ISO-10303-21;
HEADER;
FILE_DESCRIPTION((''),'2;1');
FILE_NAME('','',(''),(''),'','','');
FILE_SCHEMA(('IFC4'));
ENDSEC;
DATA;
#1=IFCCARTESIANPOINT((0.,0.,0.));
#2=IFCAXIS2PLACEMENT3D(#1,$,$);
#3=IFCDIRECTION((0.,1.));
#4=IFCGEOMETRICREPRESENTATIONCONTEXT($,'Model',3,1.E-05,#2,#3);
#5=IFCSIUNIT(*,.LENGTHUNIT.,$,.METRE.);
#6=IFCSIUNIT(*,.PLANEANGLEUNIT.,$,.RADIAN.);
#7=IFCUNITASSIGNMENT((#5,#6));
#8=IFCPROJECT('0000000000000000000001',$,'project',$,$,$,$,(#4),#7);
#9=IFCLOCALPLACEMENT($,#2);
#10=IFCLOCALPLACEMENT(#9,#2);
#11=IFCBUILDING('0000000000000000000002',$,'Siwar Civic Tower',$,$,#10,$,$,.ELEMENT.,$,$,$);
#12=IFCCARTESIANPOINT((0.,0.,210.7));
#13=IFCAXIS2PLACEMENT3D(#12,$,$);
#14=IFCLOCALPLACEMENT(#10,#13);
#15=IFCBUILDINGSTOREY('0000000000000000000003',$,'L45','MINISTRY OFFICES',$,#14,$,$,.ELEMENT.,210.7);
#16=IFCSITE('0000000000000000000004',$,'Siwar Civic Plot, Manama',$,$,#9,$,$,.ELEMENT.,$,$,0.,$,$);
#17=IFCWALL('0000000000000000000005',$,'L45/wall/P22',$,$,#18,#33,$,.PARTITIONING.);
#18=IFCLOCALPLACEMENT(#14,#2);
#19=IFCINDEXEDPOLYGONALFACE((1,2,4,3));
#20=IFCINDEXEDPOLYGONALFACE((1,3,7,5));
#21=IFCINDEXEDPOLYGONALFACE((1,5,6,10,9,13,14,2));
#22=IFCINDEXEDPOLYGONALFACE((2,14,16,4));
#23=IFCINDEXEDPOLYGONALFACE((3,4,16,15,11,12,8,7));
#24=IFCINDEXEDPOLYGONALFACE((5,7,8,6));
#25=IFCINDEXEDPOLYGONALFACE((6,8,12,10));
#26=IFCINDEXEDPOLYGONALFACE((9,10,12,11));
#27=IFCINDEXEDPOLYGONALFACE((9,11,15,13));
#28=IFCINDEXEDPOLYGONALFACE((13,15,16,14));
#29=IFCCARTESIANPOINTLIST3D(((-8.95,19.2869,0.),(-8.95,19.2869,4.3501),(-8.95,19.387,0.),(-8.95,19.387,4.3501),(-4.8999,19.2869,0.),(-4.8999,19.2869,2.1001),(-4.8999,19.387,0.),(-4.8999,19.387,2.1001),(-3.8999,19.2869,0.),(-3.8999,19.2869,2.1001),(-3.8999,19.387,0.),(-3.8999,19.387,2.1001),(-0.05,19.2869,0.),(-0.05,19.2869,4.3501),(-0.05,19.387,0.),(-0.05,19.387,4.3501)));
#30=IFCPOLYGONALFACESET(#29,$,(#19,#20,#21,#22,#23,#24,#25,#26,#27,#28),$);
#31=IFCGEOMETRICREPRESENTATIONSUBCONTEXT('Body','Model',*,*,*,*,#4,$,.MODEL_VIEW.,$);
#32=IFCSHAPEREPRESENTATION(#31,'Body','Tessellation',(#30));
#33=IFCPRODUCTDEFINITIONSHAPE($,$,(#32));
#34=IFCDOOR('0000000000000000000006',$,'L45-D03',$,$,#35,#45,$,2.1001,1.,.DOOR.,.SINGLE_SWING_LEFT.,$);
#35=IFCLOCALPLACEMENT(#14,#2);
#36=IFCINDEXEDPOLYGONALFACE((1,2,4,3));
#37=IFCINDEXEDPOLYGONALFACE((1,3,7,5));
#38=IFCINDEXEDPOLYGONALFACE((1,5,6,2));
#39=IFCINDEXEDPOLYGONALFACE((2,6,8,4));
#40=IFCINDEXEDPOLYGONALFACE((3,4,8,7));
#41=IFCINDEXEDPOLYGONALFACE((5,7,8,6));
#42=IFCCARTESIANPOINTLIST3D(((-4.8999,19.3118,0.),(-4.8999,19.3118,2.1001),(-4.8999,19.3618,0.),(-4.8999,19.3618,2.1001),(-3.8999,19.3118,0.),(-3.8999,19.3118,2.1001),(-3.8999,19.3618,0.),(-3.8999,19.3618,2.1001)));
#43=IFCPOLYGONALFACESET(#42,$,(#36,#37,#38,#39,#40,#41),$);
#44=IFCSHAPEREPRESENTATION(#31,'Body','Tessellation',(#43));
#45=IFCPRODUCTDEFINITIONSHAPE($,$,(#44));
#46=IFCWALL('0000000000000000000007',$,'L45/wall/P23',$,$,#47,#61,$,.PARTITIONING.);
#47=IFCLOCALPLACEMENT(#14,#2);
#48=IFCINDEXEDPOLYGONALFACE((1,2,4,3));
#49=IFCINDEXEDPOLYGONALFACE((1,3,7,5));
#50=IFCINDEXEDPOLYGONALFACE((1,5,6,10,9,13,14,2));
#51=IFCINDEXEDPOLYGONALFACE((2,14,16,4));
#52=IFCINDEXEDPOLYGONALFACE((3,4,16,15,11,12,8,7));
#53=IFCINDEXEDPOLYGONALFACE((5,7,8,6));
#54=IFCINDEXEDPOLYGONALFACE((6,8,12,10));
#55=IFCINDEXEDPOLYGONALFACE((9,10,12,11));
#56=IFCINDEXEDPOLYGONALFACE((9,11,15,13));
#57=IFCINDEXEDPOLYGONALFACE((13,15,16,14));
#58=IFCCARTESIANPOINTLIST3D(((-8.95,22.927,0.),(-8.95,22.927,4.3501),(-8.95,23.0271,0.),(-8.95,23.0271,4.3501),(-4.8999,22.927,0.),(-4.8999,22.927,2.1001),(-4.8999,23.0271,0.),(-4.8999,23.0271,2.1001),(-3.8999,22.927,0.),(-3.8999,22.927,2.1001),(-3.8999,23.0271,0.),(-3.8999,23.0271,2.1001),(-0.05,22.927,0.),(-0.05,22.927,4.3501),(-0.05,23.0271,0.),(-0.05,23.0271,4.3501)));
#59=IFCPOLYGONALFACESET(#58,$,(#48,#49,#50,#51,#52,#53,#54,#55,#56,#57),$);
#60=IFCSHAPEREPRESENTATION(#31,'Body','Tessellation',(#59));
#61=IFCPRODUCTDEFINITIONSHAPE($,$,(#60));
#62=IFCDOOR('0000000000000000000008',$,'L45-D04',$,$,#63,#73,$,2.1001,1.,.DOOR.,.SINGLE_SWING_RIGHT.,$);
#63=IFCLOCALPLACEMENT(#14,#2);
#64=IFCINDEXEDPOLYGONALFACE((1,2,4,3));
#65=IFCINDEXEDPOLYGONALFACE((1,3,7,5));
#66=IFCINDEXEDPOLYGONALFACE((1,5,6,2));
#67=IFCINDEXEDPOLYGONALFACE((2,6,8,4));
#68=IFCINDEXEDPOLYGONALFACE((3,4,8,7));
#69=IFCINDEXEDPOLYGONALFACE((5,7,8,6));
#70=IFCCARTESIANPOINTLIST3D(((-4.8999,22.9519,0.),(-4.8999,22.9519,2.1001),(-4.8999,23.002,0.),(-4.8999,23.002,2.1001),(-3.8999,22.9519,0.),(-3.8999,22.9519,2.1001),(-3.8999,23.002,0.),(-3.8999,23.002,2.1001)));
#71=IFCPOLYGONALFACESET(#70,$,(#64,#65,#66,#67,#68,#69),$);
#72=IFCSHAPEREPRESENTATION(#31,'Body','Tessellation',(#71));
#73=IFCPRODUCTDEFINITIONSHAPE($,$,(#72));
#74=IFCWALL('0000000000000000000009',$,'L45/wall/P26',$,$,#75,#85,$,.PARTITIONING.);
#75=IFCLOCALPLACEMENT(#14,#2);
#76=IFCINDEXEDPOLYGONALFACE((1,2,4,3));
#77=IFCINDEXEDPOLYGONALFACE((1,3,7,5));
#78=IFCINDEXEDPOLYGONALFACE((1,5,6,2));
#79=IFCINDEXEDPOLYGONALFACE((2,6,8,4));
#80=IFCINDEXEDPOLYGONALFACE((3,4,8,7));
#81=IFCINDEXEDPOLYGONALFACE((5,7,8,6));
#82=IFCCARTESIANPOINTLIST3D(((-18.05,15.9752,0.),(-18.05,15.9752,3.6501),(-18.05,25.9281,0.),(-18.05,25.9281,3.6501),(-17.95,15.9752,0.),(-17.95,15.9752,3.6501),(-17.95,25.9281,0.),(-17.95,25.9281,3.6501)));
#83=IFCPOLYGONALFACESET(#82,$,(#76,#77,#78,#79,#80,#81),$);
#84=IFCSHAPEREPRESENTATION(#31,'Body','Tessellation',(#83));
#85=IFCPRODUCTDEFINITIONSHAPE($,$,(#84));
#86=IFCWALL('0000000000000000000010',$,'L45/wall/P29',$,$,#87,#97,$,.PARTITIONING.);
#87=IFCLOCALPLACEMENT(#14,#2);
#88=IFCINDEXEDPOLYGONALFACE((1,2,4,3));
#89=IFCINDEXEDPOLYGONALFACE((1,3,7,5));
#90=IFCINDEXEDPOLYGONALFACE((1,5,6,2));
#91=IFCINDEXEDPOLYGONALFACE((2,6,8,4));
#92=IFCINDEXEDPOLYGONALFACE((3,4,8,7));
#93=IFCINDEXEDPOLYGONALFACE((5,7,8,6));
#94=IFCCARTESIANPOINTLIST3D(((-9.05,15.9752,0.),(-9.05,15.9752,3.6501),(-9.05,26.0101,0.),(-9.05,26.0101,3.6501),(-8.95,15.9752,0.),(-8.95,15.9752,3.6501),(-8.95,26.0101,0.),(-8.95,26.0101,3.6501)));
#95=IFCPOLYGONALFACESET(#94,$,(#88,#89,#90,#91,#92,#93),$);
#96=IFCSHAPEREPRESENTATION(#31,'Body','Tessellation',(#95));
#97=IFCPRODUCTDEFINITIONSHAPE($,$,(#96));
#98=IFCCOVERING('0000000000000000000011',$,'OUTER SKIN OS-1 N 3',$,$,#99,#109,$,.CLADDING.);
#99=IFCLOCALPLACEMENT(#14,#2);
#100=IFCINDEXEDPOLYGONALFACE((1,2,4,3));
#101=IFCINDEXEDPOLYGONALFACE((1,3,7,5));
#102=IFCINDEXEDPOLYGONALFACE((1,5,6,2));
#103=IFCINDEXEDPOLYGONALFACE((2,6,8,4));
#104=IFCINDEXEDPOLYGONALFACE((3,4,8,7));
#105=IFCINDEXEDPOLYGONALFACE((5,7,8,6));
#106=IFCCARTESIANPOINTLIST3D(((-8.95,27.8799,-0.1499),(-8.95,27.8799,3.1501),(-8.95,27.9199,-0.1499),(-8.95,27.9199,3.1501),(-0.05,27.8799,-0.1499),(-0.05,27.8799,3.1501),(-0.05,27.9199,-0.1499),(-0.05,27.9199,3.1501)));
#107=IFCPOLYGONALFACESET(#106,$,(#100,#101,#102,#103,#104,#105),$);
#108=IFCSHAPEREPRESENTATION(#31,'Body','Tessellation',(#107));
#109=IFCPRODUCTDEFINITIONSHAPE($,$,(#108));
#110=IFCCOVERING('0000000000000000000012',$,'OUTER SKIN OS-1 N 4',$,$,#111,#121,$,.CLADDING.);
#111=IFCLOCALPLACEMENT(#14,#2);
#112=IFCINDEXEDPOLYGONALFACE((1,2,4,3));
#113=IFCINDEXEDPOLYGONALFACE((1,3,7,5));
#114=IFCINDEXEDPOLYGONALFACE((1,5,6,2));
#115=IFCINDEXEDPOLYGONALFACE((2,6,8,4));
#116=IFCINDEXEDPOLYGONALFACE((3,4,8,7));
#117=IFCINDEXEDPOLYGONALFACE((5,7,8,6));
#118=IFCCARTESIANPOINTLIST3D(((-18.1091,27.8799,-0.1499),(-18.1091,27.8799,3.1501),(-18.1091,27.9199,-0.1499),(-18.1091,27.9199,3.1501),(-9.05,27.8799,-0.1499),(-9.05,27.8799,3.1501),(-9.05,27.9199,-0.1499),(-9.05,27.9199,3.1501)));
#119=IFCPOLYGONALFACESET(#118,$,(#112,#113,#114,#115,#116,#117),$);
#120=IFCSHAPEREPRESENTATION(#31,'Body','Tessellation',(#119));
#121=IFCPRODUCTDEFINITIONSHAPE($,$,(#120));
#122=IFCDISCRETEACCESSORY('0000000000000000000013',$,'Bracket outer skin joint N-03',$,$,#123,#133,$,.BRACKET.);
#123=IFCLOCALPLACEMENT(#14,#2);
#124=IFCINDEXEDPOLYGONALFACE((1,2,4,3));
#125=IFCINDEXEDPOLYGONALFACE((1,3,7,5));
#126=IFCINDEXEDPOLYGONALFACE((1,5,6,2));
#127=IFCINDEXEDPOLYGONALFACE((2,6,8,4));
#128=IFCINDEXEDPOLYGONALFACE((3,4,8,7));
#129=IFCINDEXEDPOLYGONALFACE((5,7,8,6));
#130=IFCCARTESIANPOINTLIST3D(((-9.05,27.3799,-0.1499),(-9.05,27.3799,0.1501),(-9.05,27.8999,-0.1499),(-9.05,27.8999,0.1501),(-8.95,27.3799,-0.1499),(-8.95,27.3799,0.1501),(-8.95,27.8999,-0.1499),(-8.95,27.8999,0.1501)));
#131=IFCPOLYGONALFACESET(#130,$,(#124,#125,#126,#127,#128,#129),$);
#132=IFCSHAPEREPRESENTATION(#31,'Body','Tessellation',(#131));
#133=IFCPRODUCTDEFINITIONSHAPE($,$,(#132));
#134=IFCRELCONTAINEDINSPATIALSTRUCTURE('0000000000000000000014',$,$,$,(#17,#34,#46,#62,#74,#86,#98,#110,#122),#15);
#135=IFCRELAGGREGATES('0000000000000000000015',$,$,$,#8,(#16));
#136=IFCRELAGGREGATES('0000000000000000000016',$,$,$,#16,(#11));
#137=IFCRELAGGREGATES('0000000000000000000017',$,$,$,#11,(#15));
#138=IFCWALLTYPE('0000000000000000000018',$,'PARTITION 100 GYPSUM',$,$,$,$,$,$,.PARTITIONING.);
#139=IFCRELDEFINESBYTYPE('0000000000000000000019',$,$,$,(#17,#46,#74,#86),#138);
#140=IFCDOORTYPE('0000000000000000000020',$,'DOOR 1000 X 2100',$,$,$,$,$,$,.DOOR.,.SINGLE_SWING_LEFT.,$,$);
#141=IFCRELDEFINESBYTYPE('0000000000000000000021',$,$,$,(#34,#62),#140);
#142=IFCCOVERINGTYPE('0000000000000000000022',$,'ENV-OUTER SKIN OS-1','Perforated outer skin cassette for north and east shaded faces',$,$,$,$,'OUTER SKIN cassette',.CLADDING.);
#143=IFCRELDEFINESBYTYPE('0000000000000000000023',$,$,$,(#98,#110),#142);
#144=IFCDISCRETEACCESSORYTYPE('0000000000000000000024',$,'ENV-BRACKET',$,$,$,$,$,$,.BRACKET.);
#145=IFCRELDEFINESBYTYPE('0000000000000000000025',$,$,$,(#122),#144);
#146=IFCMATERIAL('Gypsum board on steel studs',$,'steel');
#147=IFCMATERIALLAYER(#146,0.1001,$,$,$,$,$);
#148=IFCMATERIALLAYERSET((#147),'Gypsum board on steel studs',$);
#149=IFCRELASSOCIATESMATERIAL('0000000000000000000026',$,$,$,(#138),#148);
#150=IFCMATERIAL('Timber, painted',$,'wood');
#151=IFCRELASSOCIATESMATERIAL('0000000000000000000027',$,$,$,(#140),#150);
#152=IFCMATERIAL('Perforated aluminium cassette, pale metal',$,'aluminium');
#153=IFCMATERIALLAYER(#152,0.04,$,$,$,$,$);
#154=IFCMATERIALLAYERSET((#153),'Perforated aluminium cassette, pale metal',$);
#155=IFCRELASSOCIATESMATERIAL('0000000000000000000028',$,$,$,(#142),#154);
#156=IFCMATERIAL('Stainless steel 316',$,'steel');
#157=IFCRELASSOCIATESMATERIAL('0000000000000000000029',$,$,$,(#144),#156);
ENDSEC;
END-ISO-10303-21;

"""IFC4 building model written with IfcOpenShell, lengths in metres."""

from ifc_helpers import new_model, si_unit, direction, frame, frame_2d, origin, origin_2d, place, context, subcontext, project, spatial, rectangle, extrude, material, layer, layer_set, type_object, element, fill, save


model = new_model("IFC4")

# Units and contexts
model_context = context("Model", 3, precision=1e-05, world=origin(), true_north=direction((0.0, 1.0)))
body_context = subcontext(model_context, "Body", "Model", "MODEL_VIEW")
ifc_project = project(units=[si_unit("LENGTHUNIT", "METRE"), si_unit("PLANEANGLEUNIT", "RADIAN")], contexts=[model_context])

# Site, building, storey
site_placement = place(None, origin())
site = spatial("IfcSite", under=ifc_project, at=site_placement, Name="Siwar Civic Plot, Manama", CompositionType="ELEMENT", RefElevation=0.0)
building_placement = place(site_placement, origin())
building = spatial("IfcBuilding", under=site, at=building_placement, Name="Siwar Civic Tower", CompositionType="ELEMENT")
storey_placement = place(building_placement, frame((0.0, 0.0, 210.7)))
storey = spatial("IfcBuildingStorey", under=building, at=storey_placement, Name="L45", Description="MINISTRY OFFICES", CompositionType="ELEMENT", Elevation=210.7)

# Walls, openings, doors
ifc_material_1 = material(Name="Gypsum board on steel studs", Category="steel")
ifc_layer_1 = layer(ifc_material_1, 0.1001)
ifc_layer_set_1 = layer_set([ifc_layer_1], Name="Gypsum board on steel studs")
wall_type_1 = type_object("IfcWallType", Name="PARTITION 100 GYPSUM", PredefinedType="PARTITIONING", material=ifc_layer_set_1)
wall_1_placement = place(storey_placement, frame((-8.95, 19.3369, 0.0), z_axis=(0.0, 0.0, 1.0), x_axis=(1.0, 0.0, 0.0)))
wall_1 = element("IfcWall", 1, at=wall_1_placement, inside=storey, type_object=wall_type_1, Name="L45/wall/P22", PredefinedType="PARTITIONING", context=body_context, shape_type="SweptSolid", body=[
    extrude(rectangle(XDim=8.8999, YDim=0.1001, at=frame_2d((4.45, 0.0))), origin(), (0.0, 0.0, 1.0), 4.3501),
])
opening_1_placement = place(wall_1_placement, frame((4.05, 0.0, 0.0)))
opening_1 = element("IfcOpeningElement", 2, at=opening_1_placement, cuts=wall_1, PredefinedType="OPENING", context=body_context, shape_type="SweptSolid", body=[
    extrude(rectangle(XDim=1.0, YDim=2.1001, at=frame_2d((0.5, 1.05))), frame((0.0, 0.0601, 0.0), z_axis=(0.0, -1.0, 0.0), x_axis=(1.0, 0.0, 0.0)), (0.0, 0.0, 1.0), 0.1201),
])
ifc_material_2 = material(Name="Timber, painted", Category="wood")
door_type_1 = type_object("IfcDoorType", Name="DOOR 1000 X 2100", OperationType="SINGLE_SWING_LEFT", PredefinedType="DOOR", material=ifc_material_2)
door_1_placement = place(opening_1_placement, origin())
door_1 = element("IfcDoor", 3, at=door_1_placement, inside=storey, type_object=door_type_1, Name="L45-D03", OperationType="SINGLE_SWING_LEFT", OverallHeight=2.1001, OverallWidth=1.0, PredefinedType="DOOR", context=body_context, shape_type="SweptSolid", body=[
    extrude(rectangle(XDim=1.0, YDim=2.1001, at=frame_2d((0.5, 1.05))), frame((0.0, 0.0249, 0.0), z_axis=(0.0, -1.0, 0.0), x_axis=(1.0, 0.0, 0.0)), (0.0, 0.0, 1.0), 0.05),
])
fill(opening_1, door_1)
wall_2_placement = place(storey_placement, frame((-8.95, 22.9771, 0.0), z_axis=(0.0, 0.0, 1.0), x_axis=(1.0, 0.0, 0.0)))
wall_2 = element("IfcWall", 4, at=wall_2_placement, inside=storey, type_object=wall_type_1, Name="L45/wall/P23", PredefinedType="PARTITIONING", context=body_context, shape_type="SweptSolid", body=[
    extrude(rectangle(XDim=8.8999, YDim=0.1001, at=frame_2d((4.45, 0.0))), origin(), (0.0, 0.0, 1.0), 4.3501),
])
opening_2_placement = place(wall_2_placement, frame((4.05, 0.0, 0.0)))
opening_2 = element("IfcOpeningElement", 5, at=opening_2_placement, cuts=wall_2, PredefinedType="OPENING", context=body_context, shape_type="SweptSolid", body=[
    extrude(rectangle(XDim=1.0, YDim=2.1001, at=frame_2d((0.5, 1.05))), frame((0.0, 0.0601, 0.0), z_axis=(0.0, -1.0, 0.0), x_axis=(1.0, 0.0, 0.0)), (0.0, 0.0, 1.0), 0.1201),
])
door_2_placement = place(opening_2_placement, origin())
door_2 = element("IfcDoor", 6, at=door_2_placement, inside=storey, type_object=door_type_1, Name="L45-D04", OperationType="SINGLE_SWING_RIGHT", OverallHeight=2.1001, OverallWidth=1.0, PredefinedType="DOOR", context=body_context, shape_type="SweptSolid", body=[
    extrude(rectangle(XDim=1.0, YDim=2.1001, at=frame_2d((0.5, 1.05))), frame((0.0, 0.0249, 0.0), z_axis=(0.0, -1.0, 0.0), x_axis=(1.0, 0.0, 0.0)), (0.0, 0.0, 1.0), 0.05),
])
fill(opening_2, door_2)

# Walls
wall_3_placement = place(storey_placement, frame((-18.0, 15.9751, 0.0), z_axis=(0.0, 0.0, 1.0), x_axis=(0.0, 1.0, 0.0)))
element("IfcWall", 7, at=wall_3_placement, inside=storey, type_object=wall_type_1, Name="L45/wall/P26", PredefinedType="PARTITIONING", context=body_context, shape_type="SweptSolid", body=[
    extrude(rectangle(XDim=9.9529, YDim=0.1001, at=frame_2d((4.9766, 0.0))), origin(), (0.0, 0.0, 1.0), 3.6501),
])
wall_4_placement = place(storey_placement, frame((-9.0, 15.9751, 0.0), z_axis=(0.0, 0.0, 1.0), x_axis=(0.0, 1.0, 0.0)))
element("IfcWall", 8, at=wall_4_placement, inside=storey, type_object=wall_type_1, Name="L45/wall/P29", PredefinedType="PARTITIONING", context=body_context, shape_type="SweptSolid", body=[
    extrude(rectangle(XDim=10.0349, YDim=0.1001, at=frame_2d((5.0176, 0.0))), origin(), (0.0, 0.0, 1.0), 3.6501),
])

# Coverings
ifc_material_3 = material(Name="Perforated aluminium cassette, pale metal", Category="aluminium")
ifc_layer_2 = layer(ifc_material_3, 0.04)
ifc_layer_set_2 = layer_set([ifc_layer_2], Name="Perforated aluminium cassette, pale metal")
covering_type = type_object("IfcCoveringType", Name="ENV-OUTER SKIN OS-1", Description="Perforated outer skin cassette for north and east shaded faces", ElementType="OUTER SKIN cassette", PredefinedType="CLADDING", material=ifc_layer_set_2)
covering_1_placement = place(storey_placement, frame((-4.5, 27.8999, -0.1499), z_axis=(0.0, 0.0, 1.0), x_axis=(-1.0, 0.0, 0.0)))
element("IfcCovering", 9, at=covering_1_placement, inside=storey, type_object=covering_type, Name="OUTER SKIN OS-1 N 3", PredefinedType="CLADDING", context=body_context, shape_type="SweptSolid", body=[
    extrude(rectangle(XDim=8.8999, YDim=0.04, at=origin_2d()), origin(), (0.0, 0.0, 1.0), 3.3),
])
covering_2_placement = place(storey_placement, frame((-13.5796, 27.8999, -0.1499), z_axis=(0.0, 0.0, 1.0), x_axis=(-1.0, 0.0, 0.0)))
element("IfcCovering", 10, at=covering_2_placement, inside=storey, type_object=covering_type, Name="OUTER SKIN OS-1 N 4", PredefinedType="CLADDING", context=body_context, shape_type="SweptSolid", body=[
    extrude(rectangle(XDim=9.0591, YDim=0.04, at=origin_2d()), origin(), (0.0, 0.0, 1.0), 3.3),
])

# Discrete accessory
ifc_material_4 = material(Name="Stainless steel 316", Category="steel")
discrete_accessory_type = type_object("IfcDiscreteAccessoryType", Name="ENV-BRACKET", PredefinedType="BRACKET", material=ifc_material_4)
discrete_accessory_placement = place(storey_placement, frame((-9.0, 27.6399, -0.1499), z_axis=(0.0, 0.0, 1.0), x_axis=(0.0, 1.0, 0.0)))
element("IfcDiscreteAccessory", 11, at=discrete_accessory_placement, inside=storey, type_object=discrete_accessory_type, Name="Bracket outer skin joint N-03", PredefinedType="BRACKET", context=body_context, shape_type="SweptSolid", body=[
    extrude(rectangle(XDim=0.52, YDim=0.1001, at=origin_2d()), origin(), (0.0, 0.0, 1.0), 0.3),
])

save(model, "model.ifc")
